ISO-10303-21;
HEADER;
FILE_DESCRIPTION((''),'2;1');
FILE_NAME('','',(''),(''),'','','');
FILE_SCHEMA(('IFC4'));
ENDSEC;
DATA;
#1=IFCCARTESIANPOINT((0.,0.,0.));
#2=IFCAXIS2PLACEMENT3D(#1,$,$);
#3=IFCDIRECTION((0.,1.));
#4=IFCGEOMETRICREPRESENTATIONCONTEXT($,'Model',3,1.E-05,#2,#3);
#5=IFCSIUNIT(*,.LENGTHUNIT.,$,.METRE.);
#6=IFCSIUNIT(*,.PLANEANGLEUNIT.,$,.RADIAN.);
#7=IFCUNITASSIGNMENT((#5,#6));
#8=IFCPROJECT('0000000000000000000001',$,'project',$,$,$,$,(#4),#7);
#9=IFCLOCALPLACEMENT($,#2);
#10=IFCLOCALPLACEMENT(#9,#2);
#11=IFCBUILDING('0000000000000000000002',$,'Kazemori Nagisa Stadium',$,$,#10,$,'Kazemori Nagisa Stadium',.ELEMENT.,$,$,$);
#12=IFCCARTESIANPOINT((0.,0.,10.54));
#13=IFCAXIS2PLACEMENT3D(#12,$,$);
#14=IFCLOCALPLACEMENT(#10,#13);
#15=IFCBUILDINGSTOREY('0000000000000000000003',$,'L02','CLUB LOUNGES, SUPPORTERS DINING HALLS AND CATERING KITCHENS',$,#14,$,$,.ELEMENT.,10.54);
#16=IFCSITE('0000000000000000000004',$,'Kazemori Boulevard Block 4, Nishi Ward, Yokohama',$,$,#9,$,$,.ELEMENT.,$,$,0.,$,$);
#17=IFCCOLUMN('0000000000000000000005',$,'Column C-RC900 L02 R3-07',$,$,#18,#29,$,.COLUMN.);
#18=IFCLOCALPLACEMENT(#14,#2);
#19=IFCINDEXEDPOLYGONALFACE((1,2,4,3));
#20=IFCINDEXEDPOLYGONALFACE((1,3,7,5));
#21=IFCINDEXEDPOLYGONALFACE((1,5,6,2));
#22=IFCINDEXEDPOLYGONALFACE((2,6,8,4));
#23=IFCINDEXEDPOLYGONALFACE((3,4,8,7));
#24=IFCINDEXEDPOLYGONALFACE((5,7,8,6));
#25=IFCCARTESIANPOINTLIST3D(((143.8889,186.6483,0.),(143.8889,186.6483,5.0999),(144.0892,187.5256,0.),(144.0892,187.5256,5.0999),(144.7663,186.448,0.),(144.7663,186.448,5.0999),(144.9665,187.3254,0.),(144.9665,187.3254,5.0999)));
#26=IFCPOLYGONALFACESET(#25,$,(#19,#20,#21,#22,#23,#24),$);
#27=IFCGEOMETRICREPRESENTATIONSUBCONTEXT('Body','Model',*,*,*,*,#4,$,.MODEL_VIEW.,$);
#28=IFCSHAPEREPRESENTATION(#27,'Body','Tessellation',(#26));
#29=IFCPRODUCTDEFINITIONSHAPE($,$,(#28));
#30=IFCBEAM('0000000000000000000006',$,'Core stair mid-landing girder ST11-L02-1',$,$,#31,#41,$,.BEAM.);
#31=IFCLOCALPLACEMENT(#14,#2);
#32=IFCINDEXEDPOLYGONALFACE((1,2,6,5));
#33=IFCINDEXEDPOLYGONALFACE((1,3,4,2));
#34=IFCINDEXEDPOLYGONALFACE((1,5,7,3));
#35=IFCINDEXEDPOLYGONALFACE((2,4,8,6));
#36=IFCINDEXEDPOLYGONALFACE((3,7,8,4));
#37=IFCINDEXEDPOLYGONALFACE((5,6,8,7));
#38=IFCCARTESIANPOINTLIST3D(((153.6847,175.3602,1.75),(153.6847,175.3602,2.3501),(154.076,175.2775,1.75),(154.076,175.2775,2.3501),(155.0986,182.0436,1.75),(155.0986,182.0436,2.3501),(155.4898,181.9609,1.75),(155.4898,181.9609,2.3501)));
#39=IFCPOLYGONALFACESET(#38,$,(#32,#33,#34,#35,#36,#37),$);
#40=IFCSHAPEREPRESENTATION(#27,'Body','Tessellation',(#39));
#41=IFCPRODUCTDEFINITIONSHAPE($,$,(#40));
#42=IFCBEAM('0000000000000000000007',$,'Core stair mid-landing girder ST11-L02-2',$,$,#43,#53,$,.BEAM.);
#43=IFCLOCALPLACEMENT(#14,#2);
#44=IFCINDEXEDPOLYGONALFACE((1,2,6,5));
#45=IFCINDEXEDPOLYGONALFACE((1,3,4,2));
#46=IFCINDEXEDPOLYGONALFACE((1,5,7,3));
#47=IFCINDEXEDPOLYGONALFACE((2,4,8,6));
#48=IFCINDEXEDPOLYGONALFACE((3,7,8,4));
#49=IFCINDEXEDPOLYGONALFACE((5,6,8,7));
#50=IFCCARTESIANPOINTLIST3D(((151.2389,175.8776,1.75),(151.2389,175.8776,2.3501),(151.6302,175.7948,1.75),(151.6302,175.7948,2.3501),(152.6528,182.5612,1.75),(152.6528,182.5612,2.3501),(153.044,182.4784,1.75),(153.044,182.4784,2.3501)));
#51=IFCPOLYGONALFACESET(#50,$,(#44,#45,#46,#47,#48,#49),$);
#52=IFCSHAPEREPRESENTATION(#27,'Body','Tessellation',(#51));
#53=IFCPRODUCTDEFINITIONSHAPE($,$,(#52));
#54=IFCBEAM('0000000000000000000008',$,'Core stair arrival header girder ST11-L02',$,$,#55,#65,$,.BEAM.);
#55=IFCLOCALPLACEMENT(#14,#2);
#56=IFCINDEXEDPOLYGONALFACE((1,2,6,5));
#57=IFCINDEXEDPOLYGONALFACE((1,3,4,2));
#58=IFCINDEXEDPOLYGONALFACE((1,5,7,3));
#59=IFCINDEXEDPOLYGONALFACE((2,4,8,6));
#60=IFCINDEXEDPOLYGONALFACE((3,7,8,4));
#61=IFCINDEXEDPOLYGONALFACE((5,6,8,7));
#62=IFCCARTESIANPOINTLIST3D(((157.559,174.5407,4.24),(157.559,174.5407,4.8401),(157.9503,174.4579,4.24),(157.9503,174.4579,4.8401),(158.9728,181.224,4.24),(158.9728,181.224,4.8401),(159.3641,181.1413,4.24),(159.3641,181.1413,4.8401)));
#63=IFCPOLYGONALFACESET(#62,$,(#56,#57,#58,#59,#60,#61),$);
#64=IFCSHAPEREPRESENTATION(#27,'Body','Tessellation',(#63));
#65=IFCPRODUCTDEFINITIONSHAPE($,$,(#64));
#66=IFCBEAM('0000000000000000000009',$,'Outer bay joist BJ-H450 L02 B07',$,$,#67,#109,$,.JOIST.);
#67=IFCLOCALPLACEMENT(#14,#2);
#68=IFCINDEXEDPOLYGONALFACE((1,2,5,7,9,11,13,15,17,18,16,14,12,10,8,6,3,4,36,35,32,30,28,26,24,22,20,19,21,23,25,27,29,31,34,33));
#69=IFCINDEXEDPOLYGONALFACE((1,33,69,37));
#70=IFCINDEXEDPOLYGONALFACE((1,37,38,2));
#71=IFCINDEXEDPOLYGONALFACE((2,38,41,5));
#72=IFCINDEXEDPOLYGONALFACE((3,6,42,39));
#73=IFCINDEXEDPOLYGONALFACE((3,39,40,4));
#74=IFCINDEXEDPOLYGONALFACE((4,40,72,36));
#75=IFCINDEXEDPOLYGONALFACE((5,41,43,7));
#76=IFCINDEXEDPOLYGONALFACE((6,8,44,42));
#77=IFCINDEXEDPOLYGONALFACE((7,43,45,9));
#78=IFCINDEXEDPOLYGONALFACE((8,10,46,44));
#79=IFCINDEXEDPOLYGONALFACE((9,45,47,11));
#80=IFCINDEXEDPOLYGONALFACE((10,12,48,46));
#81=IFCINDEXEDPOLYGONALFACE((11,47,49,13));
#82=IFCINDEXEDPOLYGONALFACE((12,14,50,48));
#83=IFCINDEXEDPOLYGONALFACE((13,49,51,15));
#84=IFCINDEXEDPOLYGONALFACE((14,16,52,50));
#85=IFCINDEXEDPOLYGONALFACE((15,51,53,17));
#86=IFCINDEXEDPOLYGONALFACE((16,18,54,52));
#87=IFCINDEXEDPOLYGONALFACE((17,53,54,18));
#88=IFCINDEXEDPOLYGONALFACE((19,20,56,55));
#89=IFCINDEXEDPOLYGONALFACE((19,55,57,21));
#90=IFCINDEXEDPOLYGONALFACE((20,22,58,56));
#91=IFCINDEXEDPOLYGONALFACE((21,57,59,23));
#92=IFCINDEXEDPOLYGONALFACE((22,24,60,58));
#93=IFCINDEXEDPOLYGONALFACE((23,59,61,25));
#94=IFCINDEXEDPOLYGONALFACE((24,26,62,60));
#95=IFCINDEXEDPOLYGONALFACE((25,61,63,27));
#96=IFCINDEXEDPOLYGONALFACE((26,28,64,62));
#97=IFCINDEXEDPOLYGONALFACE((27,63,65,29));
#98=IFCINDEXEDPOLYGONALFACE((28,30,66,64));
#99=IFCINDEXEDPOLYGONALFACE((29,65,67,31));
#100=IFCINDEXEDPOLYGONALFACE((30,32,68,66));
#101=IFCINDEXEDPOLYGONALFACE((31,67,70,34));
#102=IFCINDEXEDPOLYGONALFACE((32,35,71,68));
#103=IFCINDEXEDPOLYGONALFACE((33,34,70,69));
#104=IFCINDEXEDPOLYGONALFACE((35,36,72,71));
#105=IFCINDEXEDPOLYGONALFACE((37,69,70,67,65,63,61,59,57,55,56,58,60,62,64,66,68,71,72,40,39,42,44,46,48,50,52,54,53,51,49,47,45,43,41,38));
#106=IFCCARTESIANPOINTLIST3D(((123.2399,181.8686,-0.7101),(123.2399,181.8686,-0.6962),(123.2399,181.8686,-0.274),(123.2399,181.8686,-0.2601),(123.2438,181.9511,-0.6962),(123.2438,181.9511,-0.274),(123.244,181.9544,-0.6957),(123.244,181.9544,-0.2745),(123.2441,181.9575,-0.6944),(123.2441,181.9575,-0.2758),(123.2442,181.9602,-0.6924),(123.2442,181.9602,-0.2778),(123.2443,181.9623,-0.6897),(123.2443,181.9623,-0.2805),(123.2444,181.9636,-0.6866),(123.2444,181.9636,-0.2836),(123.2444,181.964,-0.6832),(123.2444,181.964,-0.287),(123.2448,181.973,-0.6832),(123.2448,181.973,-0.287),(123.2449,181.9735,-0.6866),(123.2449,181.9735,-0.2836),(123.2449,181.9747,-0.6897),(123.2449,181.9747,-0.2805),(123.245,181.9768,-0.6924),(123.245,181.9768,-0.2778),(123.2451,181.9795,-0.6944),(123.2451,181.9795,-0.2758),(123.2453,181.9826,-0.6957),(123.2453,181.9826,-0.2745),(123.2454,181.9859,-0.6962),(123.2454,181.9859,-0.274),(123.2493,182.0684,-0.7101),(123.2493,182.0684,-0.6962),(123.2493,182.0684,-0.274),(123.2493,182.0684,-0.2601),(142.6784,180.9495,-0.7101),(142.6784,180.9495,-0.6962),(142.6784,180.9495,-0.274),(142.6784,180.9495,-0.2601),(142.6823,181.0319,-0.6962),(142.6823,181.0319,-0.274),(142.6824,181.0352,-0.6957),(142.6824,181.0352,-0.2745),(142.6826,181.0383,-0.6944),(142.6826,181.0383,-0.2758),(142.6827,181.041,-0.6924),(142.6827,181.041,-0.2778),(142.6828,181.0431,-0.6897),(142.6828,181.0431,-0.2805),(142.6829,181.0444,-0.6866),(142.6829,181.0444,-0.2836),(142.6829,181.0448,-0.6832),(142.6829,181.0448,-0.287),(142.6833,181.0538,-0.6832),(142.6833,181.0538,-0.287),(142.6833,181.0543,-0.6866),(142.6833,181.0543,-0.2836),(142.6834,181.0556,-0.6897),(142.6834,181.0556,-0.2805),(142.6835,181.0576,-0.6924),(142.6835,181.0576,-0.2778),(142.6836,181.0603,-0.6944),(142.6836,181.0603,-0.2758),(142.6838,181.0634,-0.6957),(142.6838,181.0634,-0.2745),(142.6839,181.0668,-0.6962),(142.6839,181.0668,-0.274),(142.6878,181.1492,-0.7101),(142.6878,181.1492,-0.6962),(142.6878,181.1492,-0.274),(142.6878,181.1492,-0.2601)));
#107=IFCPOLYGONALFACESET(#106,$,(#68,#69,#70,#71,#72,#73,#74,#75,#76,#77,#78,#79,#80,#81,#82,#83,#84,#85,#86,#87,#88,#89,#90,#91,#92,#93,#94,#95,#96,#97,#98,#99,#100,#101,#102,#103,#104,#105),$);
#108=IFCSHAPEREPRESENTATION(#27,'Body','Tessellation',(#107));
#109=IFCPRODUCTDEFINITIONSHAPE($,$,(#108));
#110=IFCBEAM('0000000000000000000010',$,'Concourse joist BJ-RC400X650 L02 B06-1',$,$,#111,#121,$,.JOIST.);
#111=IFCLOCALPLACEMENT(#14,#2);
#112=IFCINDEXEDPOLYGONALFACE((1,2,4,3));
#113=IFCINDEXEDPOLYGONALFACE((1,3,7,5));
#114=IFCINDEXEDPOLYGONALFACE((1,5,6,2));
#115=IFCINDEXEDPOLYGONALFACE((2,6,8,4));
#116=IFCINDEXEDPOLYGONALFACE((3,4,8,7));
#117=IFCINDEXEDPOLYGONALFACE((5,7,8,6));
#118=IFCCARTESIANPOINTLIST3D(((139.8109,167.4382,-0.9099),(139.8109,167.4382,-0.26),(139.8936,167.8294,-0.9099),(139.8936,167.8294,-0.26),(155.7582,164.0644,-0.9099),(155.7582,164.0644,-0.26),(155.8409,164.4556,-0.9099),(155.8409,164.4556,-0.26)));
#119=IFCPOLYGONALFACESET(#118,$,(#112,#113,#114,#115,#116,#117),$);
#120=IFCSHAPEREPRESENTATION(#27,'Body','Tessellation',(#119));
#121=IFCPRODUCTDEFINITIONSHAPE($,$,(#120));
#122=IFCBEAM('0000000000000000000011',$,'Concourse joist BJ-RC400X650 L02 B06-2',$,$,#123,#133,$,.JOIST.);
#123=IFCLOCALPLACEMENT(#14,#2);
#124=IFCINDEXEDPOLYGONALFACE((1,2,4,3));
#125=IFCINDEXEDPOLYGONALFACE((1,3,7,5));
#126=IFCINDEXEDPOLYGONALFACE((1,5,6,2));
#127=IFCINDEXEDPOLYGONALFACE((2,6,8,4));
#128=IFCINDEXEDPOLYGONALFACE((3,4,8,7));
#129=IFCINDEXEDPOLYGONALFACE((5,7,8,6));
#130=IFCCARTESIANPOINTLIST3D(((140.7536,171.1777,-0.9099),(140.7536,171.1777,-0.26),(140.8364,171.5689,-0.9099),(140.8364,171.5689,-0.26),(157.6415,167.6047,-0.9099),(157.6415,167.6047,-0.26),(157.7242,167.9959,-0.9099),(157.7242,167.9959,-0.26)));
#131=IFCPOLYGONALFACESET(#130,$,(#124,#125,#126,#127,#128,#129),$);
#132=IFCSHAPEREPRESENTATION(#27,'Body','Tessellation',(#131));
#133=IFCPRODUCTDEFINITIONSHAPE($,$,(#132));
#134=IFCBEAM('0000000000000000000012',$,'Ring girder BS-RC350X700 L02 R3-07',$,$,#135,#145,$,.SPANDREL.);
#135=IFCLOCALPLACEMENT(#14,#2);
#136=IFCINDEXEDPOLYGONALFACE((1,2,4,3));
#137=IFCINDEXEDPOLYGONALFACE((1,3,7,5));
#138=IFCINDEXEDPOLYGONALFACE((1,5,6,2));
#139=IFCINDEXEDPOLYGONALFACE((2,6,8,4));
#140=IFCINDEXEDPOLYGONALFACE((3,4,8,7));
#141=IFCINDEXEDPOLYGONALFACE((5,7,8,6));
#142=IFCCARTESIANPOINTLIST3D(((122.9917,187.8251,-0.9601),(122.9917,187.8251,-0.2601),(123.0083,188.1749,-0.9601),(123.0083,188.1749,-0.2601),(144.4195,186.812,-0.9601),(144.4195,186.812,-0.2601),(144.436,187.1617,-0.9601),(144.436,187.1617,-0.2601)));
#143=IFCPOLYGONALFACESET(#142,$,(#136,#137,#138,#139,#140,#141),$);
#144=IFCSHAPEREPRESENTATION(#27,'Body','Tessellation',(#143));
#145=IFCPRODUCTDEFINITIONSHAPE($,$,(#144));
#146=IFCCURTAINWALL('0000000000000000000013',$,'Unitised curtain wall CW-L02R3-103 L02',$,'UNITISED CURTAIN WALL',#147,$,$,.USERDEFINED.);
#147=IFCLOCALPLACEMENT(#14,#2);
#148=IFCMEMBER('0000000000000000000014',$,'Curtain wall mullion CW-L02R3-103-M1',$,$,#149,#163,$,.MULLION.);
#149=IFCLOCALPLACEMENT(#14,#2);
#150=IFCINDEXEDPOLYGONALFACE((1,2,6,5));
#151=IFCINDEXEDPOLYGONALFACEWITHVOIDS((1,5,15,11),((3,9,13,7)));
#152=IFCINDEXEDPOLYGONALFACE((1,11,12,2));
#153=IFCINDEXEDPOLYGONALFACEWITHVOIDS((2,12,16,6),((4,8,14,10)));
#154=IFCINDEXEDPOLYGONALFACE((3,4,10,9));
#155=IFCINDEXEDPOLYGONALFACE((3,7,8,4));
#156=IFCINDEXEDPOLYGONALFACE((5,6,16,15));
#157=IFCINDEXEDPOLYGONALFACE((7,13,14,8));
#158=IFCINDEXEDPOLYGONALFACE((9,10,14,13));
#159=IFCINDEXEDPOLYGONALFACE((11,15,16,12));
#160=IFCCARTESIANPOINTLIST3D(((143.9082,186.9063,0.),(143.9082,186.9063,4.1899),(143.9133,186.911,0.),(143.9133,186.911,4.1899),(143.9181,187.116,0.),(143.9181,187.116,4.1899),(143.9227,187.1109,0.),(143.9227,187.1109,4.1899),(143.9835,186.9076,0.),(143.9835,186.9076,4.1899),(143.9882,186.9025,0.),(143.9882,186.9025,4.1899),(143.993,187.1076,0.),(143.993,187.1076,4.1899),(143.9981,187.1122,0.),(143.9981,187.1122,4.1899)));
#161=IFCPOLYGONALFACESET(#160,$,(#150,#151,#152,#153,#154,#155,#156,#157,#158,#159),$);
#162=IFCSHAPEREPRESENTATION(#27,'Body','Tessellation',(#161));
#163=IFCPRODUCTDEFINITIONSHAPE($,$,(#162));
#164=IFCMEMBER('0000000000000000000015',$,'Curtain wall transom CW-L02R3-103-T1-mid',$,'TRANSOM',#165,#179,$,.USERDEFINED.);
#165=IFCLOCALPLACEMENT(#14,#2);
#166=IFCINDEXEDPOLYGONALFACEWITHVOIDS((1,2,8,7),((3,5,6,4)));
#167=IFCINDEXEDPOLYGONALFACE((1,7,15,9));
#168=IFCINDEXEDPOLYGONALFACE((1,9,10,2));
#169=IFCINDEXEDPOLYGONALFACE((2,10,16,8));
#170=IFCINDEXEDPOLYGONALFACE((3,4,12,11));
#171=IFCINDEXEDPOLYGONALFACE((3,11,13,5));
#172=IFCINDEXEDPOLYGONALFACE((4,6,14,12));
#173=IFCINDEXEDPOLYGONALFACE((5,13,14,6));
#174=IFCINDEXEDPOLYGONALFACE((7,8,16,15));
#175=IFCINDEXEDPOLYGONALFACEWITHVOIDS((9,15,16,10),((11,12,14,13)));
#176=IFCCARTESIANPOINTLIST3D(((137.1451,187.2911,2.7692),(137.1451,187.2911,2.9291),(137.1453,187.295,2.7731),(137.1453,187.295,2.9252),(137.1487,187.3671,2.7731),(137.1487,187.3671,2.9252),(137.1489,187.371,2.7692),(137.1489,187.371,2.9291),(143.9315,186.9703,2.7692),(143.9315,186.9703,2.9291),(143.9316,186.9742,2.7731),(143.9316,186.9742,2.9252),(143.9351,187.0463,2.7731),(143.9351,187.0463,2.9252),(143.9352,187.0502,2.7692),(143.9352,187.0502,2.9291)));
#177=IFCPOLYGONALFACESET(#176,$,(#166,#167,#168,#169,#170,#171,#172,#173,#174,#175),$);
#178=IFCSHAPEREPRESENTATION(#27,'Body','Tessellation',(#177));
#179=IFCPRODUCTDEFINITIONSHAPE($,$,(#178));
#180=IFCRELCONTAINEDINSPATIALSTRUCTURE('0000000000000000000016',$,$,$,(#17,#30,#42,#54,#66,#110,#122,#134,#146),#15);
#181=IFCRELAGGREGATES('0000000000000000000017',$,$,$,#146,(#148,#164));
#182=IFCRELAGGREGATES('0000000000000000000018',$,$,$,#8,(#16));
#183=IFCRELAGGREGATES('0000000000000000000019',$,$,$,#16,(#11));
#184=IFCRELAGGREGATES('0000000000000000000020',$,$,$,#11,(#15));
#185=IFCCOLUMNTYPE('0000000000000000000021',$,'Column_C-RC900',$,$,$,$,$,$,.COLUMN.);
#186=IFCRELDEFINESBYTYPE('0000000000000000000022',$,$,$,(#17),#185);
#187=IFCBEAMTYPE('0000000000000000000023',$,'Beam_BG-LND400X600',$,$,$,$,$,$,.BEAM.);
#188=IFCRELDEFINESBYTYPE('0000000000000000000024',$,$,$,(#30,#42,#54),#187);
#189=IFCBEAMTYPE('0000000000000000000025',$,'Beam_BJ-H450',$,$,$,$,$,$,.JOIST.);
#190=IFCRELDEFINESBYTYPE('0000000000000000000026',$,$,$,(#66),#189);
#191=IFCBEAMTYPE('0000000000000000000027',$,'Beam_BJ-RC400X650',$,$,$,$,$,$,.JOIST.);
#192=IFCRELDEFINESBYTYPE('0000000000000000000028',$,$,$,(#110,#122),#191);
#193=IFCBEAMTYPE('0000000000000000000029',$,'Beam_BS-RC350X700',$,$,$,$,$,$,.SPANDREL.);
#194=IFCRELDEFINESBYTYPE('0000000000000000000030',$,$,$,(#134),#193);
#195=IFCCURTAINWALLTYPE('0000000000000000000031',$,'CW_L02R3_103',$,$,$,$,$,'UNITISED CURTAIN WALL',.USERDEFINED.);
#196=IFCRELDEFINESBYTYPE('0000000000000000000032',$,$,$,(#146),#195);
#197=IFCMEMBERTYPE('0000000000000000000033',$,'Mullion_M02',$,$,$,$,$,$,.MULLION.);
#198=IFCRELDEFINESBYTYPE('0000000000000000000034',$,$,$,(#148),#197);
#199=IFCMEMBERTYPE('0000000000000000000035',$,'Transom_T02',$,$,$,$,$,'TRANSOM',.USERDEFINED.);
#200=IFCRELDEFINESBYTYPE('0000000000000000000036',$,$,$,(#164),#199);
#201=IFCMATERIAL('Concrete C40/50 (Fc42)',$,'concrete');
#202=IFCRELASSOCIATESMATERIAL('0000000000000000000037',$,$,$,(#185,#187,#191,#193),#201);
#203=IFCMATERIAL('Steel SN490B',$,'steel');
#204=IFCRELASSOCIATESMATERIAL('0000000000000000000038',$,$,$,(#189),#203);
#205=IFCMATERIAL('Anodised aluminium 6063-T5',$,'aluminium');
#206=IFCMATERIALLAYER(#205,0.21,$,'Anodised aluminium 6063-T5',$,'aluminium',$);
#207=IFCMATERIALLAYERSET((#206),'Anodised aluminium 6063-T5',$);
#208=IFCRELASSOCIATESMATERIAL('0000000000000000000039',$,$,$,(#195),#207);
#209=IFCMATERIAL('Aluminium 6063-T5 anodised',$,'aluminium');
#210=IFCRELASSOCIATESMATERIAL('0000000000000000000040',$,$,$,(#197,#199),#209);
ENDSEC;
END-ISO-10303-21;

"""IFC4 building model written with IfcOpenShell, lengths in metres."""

from ifc_helpers import new_model, si_unit, direction, frame, origin, origin_2d, place, context, subcontext, project, spatial, rectangle, hollow_rectangle, i_section, extrude, material, layer, layer_set, material_profile, profile_set, type_object, element, aggregate, save


model = new_model("IFC4")

# Units and contexts
model_context = context("Model", 3, precision=1e-05, world=origin(), true_north=direction((0.0, 1.0)))
body_context = subcontext(model_context, "Body", "Model", "MODEL_VIEW")
ifc_project = project(units=[si_unit("LENGTHUNIT", "METRE"), si_unit("PLANEANGLEUNIT", "RADIAN")], contexts=[model_context])

# Site, building, storey
site_placement = place(None, origin())
site = spatial("IfcSite", under=ifc_project, at=site_placement, Name="Kazemori Boulevard Block 4, Nishi Ward, Yokohama", CompositionType="ELEMENT", RefElevation=0.0)
building_placement = place(site_placement, origin())
building = spatial("IfcBuilding", under=site, at=building_placement, Name="Kazemori Nagisa Stadium", LongName="Kazemori Nagisa Stadium", CompositionType="ELEMENT")
storey_placement = place(building_placement, frame((0.0, 0.0, 10.54)))
storey = spatial("IfcBuildingStorey", under=building, at=storey_placement, Name="L02", Description="CLUB LOUNGES, SUPPORTERS DINING HALLS AND CATERING KITCHENS", CompositionType="ELEMENT", Elevation=10.54)

# Column
ifc_material_1 = material(Name="Concrete C40/50 (Fc42)", Category="concrete")
ifc_material_profile_1 = material_profile(ifc_material_1, rectangle(XDim=0.8999, YDim=0.8999, at=origin_2d()), Name="RC-COL-900x900")
ifc_profile_set_1 = profile_set([ifc_material_profile_1], Name="Concrete C40/50 (Fc42)")
column_type = type_object("IfcColumnType", Name="Column_C-RC900", PredefinedType="COLUMN", material=ifc_profile_set_1)
column_placement = place(storey_placement, frame((144.4277, 186.9868, 0.0), z_axis=(0.0, 0.0, 1.0), x_axis=(0.222521, 0.974928, 0.0)))
element("IfcColumn", 1, at=column_placement, inside=storey, type_object=column_type, Name="Column C-RC900 L02 R3-07", PredefinedType="COLUMN", context=body_context, shape_type="SweptSolid", body=[
    extrude(rectangle(XDim=0.8999, YDim=0.8999, at=origin_2d()), origin(), (0.0, 0.0, 1.0), 5.0999),
])

# Beams
ifc_material_profile_2 = material_profile(ifc_material_1, rectangle(XDim=0.3999, YDim=0.6001, at=origin_2d()), Name="RC-BM-400x600")
ifc_profile_set_2 = profile_set([ifc_material_profile_2], Name="Concrete C40/50 (Fc42)")
beam_type_1 = type_object("IfcBeamType", Name="Beam_BG-LND400X600", PredefinedType="BEAM", material=ifc_profile_set_2)
beam_1_placement = place(storey_placement, frame((153.8804, 175.3188, 2.05), z_axis=(0.206963, 0.978349, 0.0), x_axis=(-0.978349, 0.206963, 0.0)))
element("IfcBeam", 2, at=beam_1_placement, inside=storey, type_object=beam_type_1, Name="Core stair mid-landing girder ST11-L02-1", PredefinedType="BEAM", context=body_context, shape_type="SweptSolid", body=[
    extrude(rectangle(XDim=0.3999, YDim=0.6001, at=origin_2d()), origin(), (0.0, 0.0, 1.0), 6.8313),
])
beam_2_placement = place(storey_placement, frame((151.4346, 175.8362, 2.05), z_axis=(0.206956, 0.97835, 0.0), x_axis=(-0.97835, 0.206956, 0.0)))
element("IfcBeam", 3, at=beam_2_placement, inside=storey, type_object=beam_type_1, Name="Core stair mid-landing girder ST11-L02-2", PredefinedType="BEAM", context=body_context, shape_type="SweptSolid", body=[
    extrude(rectangle(XDim=0.3999, YDim=0.6001, at=origin_2d()), origin(), (0.0, 0.0, 1.0), 6.8315),
])
beam_3_placement = place(storey_placement, frame((157.7546, 174.4993, 4.54), z_axis=(0.206963, 0.978349, 0.0), x_axis=(-0.978349, 0.206963, 0.0)))
element("IfcBeam", 4, at=beam_3_placement, inside=storey, type_object=beam_type_1, Name="Core stair arrival header girder ST11-L02", PredefinedType="BEAM", context=body_context, shape_type="SweptSolid", body=[
    extrude(rectangle(XDim=0.3999, YDim=0.6001, at=origin_2d()), origin(), (0.0, 0.0, 1.0), 6.8313),
])
ifc_material_2 = material(Name="Steel SN490B", Category="steel")
ifc_material_profile_3 = material_profile(ifc_material_2, i_section(OverallWidth=0.2, OverallDepth=0.45, WebThickness=0.009, FlangeThickness=0.0139, FilletRadius=0.0129, at=origin_2d()), Name="H-450x200x9x14")
ifc_profile_set_3 = profile_set([ifc_material_profile_3], Name="Steel SN490B")
beam_type_2 = type_object("IfcBeamType", Name="Beam_BJ-H450", PredefinedType="JOIST", material=ifc_profile_set_3)
beam_4_placement = place(storey_placement, frame((142.6831, 181.0493, -0.4851), z_axis=(-0.998884, 0.047234, 0.0), x_axis=(-0.047234, -0.998884, 0.0)))
element("IfcBeam", 5, at=beam_4_placement, inside=storey, type_object=beam_type_2, Name="Outer bay joist BJ-H450 L02 B07", PredefinedType="JOIST", context=body_context, shape_type="SweptSolid", body=[
    extrude(i_section(OverallWidth=0.2, OverallDepth=0.45, WebThickness=0.009, FlangeThickness=0.0139, FilletRadius=0.0129, at=origin_2d()), origin(), (0.0, 0.0, 1.0), 19.4602),
])
ifc_material_profile_4 = material_profile(ifc_material_1, rectangle(XDim=0.3999, YDim=0.6499, at=origin_2d()), Name="RC-BM-400x650")
ifc_profile_set_4 = profile_set([ifc_material_profile_4], Name="Concrete C40/50 (Fc42)")
beam_type_3 = type_object("IfcBeamType", Name="Beam_BJ-RC400X650", PredefinedType="JOIST", material=ifc_profile_set_4)
beam_5_placement = place(storey_placement, frame((155.7996, 164.26, -0.585), z_axis=(-0.978346, 0.206977, 0.0), x_axis=(-0.206977, -0.978346, 0.0)))
element("IfcBeam", 6, at=beam_5_placement, inside=storey, type_object=beam_type_3, Name="Concourse joist BJ-RC400X650 L02 B06-1", PredefinedType="JOIST", context=body_context, shape_type="SweptSolid", body=[
    extrude(rectangle(XDim=0.3999, YDim=0.6499, at=origin_2d()), origin(), (0.0, 0.0, 1.0), 16.3003),
])
beam_6_placement = place(storey_placement, frame((157.6829, 167.8003, -0.585), z_axis=(-0.978343, 0.206989, 0.0), x_axis=(-0.206989, -0.978343, 0.0)))
element("IfcBeam", 7, at=beam_6_placement, inside=storey, type_object=beam_type_3, Name="Concourse joist BJ-RC400X650 L02 B06-2", PredefinedType="JOIST", context=body_context, shape_type="SweptSolid", body=[
    extrude(rectangle(XDim=0.3999, YDim=0.6499, at=origin_2d()), origin(), (0.0, 0.0, 1.0), 17.2617),
])
ifc_material_profile_5 = material_profile(ifc_material_1, rectangle(XDim=0.3501, YDim=0.7, at=origin_2d()), Name="RC-SP-350x700")
ifc_profile_set_5 = profile_set([ifc_material_profile_5], Name="Concrete C40/50 (Fc42)")
beam_type_4 = type_object("IfcBeamType", Name="Beam_BS-RC350X700", PredefinedType="SPANDREL", material=ifc_profile_set_5)
beam_7_placement = place(storey_placement, frame((144.4277, 186.9868, -0.6101), z_axis=(-0.998884, 0.047231, 0.0), x_axis=(-0.047231, -0.998884, 0.0)))
element("IfcBeam", 8, at=beam_7_placement, inside=storey, type_object=beam_type_4, Name="Ring girder BS-RC350X700 L02 R3-07", PredefinedType="SPANDREL", context=body_context, shape_type="SweptSolid", body=[
    extrude(rectangle(XDim=0.3501, YDim=0.7, at=origin_2d()), origin(), (0.0, 0.0, 1.0), 21.4517),
])

# Curtain wall, members
ifc_material_3 = material(Name="Anodised aluminium 6063-T5", Category="aluminium")
ifc_layer_1 = layer(ifc_material_3, 0.21, Name="Anodised aluminium 6063-T5", Category="aluminium")
ifc_layer_set_1 = layer_set([ifc_layer_1], Name="Anodised aluminium 6063-T5")
curtain_wall_type_1 = type_object("IfcCurtainWallType", Name="CW_L02R3_103", ElementType="UNITISED CURTAIN WALL", PredefinedType="USERDEFINED", material=ifc_layer_set_1)
curtain_wall_1_placement = place(storey_placement, origin())
curtain_wall_1 = element("IfcCurtainWall", 9, at=curtain_wall_1_placement, inside=storey, type_object=curtain_wall_type_1, Name="Unitised curtain wall CW-L02R3-103 L02", ObjectType="UNITISED CURTAIN WALL", PredefinedType="USERDEFINED")
ifc_material_4 = material(Name="Aluminium 6063-T5 anodised", Category="aluminium")
ifc_material_profile_6 = material_profile(ifc_material_4, hollow_rectangle(XDim=0.0801, YDim=0.21, WallThickness=0.0049, at=origin_2d()), Name="ALU-MULL-80x210x5")
ifc_profile_set_6 = profile_set([ifc_material_profile_6], Name="Aluminium 6063-T5 anodised")
member_type_1 = type_object("IfcMemberType", Name="Mullion_M02", PredefinedType="MULLION", material=ifc_profile_set_6)
member_1_placement = place(storey_placement, frame((143.9531, 187.0093, 0.0), z_axis=(0.0, 0.0, 1.0), x_axis=(-0.998884, 0.04723, 0.0)))
member_1 = element("IfcMember", 10, at=member_1_placement, type_object=member_type_1, Name="Curtain wall mullion CW-L02R3-103-M1", PredefinedType="MULLION", context=body_context, shape_type="SweptSolid", body=[
    extrude(hollow_rectangle(XDim=0.0801, YDim=0.21, WallThickness=0.0049, at=origin_2d()), origin(), (0.0, 0.0, 1.0), 4.1899),
])
ifc_material_profile_7 = material_profile(ifc_material_4, hollow_rectangle(XDim=0.0801, YDim=0.1599, WallThickness=0.0039, at=origin_2d()), Name="ALU-TRAN-80x160x4")
ifc_profile_set_7 = profile_set([ifc_material_profile_7], Name="Aluminium 6063-T5 anodised")
member_type_2 = type_object("IfcMemberType", Name="Transom_T02", ElementType="TRANSOM", PredefinedType="USERDEFINED", material=ifc_profile_set_7)
member_2_placement = place(storey_placement, frame((143.9333, 187.0103, 2.8491), z_axis=(-0.998885, 0.047219, 0.0), x_axis=(-0.047219, -0.998885, 0.0)))
member_2 = element("IfcMember", 11, at=member_2_placement, type_object=member_type_2, Name="Curtain wall transom CW-L02R3-103-T1-mid", ObjectType="TRANSOM", PredefinedType="USERDEFINED", context=body_context, shape_type="SweptSolid", body=[
    extrude(hollow_rectangle(XDim=0.0801, YDim=0.1599, WallThickness=0.0039, at=origin_2d()), origin(), (0.0, 0.0, 1.0), 6.7939),
])
aggregate(curtain_wall_1, [member_1, member_2])

save(model, "model.ifc")
